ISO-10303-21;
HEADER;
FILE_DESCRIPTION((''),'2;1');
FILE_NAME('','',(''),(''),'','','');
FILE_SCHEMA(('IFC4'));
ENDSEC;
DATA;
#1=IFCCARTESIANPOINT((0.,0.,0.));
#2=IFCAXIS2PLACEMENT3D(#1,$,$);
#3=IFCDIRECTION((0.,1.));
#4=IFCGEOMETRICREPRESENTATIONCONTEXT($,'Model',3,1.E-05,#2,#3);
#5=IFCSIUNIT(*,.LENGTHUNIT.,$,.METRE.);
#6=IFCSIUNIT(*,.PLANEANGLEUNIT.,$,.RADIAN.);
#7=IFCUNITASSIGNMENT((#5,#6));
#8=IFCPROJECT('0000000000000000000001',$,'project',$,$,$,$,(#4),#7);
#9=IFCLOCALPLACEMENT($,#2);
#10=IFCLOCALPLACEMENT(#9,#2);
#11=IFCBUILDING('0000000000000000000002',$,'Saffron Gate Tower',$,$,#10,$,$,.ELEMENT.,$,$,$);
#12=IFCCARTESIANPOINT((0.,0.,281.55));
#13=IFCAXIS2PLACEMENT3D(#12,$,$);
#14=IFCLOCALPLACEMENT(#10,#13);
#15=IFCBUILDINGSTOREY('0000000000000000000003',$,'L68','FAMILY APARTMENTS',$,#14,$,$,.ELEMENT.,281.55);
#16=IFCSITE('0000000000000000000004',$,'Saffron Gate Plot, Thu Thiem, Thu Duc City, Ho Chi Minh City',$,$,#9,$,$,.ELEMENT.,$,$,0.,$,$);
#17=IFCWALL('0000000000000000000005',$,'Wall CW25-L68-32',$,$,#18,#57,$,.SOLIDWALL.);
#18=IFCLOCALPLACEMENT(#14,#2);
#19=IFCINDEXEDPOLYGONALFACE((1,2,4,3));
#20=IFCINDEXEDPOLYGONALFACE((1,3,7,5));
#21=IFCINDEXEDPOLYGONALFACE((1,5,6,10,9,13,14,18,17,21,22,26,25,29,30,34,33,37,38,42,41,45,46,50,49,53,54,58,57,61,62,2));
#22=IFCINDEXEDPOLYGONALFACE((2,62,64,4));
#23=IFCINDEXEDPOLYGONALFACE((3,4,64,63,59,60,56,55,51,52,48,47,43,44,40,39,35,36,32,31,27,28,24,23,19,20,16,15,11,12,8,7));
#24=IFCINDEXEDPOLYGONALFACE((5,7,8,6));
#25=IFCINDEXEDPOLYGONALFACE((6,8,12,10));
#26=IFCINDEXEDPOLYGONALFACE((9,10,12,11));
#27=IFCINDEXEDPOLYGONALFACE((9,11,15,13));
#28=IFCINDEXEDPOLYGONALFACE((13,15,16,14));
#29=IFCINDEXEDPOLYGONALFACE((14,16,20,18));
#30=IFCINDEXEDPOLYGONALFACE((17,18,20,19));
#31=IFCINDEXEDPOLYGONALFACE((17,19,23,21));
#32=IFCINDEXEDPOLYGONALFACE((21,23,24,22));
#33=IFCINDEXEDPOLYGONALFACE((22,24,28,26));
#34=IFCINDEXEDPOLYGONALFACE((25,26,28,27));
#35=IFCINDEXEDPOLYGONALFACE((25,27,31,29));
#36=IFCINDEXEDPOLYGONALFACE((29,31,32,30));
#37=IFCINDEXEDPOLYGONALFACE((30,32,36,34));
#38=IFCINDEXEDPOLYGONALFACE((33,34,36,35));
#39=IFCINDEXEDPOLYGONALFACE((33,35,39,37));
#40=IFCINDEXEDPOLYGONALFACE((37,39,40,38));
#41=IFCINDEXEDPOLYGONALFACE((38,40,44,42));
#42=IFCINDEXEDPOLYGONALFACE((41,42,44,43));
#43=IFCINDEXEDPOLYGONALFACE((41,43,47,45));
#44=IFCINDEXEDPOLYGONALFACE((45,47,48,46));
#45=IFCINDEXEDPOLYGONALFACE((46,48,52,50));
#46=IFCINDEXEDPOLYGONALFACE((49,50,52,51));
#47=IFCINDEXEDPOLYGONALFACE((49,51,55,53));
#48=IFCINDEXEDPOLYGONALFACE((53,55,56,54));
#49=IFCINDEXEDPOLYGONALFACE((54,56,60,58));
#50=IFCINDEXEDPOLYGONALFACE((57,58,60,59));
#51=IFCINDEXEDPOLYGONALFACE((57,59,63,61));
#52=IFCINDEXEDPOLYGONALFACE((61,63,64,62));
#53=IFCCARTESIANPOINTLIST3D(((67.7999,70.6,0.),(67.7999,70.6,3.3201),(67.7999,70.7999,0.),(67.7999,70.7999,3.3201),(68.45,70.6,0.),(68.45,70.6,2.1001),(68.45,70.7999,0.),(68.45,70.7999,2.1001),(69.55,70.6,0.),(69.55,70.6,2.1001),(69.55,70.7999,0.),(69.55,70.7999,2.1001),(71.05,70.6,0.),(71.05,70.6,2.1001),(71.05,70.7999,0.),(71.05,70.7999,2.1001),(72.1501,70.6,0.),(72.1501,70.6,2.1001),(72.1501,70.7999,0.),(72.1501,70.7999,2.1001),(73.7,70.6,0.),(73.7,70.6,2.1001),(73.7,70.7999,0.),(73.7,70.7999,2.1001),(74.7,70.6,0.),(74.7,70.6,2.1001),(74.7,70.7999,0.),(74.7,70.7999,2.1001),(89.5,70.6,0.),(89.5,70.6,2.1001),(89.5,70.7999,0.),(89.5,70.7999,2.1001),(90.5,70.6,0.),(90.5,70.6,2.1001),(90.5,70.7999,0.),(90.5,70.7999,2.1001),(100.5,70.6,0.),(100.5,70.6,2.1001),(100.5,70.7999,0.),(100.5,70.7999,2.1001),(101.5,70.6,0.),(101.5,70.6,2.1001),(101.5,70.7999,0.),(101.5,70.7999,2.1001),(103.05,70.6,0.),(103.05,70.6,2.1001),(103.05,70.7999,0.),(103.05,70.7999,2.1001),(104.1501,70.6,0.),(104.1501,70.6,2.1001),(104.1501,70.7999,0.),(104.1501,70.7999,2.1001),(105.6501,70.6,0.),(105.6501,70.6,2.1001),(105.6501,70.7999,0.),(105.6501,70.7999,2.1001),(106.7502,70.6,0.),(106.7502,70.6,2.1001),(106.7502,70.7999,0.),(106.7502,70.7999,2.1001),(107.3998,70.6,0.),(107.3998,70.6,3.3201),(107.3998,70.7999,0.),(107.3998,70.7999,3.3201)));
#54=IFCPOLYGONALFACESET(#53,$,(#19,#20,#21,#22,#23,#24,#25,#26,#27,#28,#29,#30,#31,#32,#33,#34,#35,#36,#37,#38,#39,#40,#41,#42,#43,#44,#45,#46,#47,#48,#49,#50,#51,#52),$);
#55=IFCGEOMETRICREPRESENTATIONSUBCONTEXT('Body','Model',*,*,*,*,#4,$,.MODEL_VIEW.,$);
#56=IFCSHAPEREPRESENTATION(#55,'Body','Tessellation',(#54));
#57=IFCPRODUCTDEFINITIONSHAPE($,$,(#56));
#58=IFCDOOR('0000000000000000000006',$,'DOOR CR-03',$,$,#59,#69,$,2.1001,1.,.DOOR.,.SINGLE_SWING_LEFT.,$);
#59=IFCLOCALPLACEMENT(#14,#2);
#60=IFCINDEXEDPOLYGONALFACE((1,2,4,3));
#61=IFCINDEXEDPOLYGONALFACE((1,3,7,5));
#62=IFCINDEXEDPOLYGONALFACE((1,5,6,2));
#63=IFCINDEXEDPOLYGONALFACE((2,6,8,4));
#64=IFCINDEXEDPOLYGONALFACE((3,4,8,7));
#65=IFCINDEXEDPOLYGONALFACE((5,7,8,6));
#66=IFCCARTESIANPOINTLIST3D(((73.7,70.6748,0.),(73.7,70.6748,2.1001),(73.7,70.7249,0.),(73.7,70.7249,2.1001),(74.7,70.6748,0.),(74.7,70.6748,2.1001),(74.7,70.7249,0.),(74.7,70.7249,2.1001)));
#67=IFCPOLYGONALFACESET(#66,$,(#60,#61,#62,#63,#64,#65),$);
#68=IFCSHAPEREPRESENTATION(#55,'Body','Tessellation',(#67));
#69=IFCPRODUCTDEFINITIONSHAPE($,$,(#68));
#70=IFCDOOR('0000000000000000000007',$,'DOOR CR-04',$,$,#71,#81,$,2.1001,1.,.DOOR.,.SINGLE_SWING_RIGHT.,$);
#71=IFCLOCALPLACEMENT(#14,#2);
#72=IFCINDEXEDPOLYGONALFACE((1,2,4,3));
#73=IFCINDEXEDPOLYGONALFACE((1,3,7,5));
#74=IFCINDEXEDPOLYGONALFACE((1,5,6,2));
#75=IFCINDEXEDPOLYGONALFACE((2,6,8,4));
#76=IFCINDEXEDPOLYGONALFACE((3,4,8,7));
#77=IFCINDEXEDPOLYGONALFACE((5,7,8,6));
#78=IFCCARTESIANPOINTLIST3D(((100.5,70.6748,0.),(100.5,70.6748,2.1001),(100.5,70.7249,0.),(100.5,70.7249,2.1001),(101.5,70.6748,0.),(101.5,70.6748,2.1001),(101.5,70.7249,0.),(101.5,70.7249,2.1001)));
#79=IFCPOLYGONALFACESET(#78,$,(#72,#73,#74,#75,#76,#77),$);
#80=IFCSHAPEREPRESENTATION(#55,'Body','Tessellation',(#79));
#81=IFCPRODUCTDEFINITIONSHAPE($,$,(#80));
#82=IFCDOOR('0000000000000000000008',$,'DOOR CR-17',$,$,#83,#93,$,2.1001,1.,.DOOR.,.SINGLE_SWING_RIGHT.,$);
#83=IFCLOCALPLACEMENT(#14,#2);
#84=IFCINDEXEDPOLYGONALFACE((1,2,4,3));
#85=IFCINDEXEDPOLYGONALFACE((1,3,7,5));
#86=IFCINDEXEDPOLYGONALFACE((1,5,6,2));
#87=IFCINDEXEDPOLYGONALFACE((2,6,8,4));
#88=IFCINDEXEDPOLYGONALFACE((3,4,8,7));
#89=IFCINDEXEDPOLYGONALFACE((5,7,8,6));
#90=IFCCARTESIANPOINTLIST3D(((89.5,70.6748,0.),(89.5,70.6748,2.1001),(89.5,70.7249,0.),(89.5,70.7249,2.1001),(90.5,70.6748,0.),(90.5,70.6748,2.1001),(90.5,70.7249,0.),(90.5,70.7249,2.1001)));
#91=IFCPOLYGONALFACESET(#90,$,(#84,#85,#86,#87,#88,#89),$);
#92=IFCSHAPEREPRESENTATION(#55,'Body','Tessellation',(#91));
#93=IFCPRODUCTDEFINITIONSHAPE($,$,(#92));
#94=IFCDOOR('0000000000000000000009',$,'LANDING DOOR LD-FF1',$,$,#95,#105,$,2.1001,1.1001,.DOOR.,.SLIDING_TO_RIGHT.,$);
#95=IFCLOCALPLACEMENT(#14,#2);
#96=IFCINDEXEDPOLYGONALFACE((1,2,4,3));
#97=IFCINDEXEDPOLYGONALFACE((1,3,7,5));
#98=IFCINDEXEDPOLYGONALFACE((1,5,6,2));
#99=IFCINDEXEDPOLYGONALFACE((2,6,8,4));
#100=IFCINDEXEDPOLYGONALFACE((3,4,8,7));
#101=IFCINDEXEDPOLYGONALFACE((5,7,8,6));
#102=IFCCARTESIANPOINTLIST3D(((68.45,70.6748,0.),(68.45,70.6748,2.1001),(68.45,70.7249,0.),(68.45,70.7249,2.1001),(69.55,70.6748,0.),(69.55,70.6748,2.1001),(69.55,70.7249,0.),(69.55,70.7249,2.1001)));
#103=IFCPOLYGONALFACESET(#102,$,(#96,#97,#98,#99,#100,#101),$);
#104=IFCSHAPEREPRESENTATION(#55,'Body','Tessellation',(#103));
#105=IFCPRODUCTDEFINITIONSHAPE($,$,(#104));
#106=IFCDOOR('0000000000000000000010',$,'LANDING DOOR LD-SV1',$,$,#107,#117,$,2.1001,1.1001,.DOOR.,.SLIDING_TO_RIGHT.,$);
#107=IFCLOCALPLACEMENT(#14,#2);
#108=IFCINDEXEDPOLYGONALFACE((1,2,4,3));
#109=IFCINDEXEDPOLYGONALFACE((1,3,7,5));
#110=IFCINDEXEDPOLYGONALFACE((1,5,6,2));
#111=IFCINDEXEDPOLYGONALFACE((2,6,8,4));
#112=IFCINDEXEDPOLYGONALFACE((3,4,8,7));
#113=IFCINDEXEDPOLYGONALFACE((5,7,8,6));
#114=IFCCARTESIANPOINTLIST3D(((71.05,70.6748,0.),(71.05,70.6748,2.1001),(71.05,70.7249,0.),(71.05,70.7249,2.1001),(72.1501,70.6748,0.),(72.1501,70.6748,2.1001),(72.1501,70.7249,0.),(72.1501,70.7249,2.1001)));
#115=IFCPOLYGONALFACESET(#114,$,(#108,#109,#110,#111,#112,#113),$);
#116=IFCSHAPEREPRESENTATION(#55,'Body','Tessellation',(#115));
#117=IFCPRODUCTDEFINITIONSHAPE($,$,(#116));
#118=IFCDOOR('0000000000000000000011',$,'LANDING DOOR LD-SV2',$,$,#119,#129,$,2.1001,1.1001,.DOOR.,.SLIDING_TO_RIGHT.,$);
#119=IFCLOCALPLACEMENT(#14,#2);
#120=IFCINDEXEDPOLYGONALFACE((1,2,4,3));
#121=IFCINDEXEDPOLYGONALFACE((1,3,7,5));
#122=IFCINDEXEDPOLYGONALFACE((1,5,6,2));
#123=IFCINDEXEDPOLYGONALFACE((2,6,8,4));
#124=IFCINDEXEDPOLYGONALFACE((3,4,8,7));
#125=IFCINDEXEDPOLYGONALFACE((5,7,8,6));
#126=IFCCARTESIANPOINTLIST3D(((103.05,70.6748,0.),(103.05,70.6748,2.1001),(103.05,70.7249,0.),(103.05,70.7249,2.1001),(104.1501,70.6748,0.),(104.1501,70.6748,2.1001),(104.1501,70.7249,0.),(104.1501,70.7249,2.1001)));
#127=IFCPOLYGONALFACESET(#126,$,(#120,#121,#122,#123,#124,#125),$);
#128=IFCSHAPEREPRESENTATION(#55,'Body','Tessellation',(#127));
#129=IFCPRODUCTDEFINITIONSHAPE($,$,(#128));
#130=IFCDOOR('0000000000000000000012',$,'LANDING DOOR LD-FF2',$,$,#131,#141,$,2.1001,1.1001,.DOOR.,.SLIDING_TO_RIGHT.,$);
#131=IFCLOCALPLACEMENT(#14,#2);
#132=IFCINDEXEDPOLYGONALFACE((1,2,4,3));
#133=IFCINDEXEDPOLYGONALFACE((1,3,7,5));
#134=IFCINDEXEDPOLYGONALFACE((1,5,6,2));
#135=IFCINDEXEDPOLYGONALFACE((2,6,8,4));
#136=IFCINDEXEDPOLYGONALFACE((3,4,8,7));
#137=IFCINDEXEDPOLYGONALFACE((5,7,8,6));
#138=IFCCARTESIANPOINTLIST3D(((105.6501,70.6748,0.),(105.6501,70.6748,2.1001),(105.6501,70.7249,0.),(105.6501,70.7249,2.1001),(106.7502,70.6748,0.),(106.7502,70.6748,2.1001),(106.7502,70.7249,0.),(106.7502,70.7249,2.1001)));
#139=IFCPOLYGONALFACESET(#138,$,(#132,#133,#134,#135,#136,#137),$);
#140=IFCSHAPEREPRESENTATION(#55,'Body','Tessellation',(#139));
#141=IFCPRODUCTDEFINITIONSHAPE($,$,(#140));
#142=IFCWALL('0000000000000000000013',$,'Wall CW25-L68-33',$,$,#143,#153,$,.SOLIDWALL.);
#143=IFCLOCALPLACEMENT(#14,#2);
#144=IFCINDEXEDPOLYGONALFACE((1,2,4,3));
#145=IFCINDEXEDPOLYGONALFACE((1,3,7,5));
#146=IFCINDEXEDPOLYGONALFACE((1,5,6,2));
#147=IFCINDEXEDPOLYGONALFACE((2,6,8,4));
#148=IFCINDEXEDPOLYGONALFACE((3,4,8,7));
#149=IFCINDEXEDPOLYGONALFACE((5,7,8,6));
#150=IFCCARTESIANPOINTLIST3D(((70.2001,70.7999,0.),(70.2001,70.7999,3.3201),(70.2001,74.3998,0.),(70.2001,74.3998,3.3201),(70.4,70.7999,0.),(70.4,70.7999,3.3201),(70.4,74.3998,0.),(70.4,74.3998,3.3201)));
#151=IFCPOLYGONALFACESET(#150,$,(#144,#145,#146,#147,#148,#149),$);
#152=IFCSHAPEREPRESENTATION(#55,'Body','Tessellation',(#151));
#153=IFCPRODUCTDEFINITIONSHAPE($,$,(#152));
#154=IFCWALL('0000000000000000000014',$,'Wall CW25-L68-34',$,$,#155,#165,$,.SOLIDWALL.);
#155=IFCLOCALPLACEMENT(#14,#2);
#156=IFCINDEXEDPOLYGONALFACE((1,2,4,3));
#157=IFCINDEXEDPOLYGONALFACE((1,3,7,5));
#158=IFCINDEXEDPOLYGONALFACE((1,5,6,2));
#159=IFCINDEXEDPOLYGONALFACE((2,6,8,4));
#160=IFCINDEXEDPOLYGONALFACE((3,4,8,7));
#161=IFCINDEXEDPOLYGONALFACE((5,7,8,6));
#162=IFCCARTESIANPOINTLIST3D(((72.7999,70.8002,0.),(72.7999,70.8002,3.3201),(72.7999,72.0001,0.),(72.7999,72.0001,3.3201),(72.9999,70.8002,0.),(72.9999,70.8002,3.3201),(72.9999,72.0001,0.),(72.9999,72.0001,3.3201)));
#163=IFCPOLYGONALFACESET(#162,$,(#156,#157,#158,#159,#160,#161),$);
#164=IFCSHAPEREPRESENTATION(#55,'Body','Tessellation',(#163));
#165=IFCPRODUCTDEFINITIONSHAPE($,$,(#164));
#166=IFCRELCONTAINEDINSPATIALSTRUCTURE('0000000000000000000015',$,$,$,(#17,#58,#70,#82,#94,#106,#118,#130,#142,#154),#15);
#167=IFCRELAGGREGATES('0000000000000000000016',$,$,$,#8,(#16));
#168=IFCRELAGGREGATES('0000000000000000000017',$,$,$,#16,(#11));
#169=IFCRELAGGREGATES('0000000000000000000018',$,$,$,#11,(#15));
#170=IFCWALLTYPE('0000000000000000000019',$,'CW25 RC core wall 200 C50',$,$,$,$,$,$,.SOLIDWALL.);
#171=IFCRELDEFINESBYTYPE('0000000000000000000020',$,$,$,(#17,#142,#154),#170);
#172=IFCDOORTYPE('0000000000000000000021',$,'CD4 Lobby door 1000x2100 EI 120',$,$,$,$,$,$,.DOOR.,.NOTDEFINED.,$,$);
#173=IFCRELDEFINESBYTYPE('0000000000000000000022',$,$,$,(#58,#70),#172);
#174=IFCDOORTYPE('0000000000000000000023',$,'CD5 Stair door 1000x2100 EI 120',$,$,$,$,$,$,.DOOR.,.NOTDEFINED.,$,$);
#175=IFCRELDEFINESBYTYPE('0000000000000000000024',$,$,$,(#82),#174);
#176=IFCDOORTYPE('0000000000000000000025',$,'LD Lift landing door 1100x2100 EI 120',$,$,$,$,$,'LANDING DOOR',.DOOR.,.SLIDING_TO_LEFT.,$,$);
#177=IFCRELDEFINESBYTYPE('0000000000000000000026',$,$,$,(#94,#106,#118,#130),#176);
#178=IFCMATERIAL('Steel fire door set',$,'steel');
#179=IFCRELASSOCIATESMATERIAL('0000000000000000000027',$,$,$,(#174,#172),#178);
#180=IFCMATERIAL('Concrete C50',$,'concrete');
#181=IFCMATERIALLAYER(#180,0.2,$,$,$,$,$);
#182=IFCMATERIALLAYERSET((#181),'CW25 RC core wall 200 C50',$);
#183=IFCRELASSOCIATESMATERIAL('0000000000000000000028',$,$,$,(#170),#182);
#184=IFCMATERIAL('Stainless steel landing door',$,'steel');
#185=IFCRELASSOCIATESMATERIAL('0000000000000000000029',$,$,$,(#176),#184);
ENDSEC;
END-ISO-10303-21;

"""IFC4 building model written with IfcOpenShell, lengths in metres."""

from ifc_helpers import new_model, si_unit, direction, frame, frame_2d, origin, place, context, subcontext, project, spatial, rectangle, extrude, material, layer, layer_set, type_object, element, fill, save


model = new_model("IFC4")

# Units and contexts
model_context = context("Model", 3, precision=1e-05, world=origin(), true_north=direction((0.0, 1.0)))
body_context = subcontext(model_context, "Body", "Model", "MODEL_VIEW")
ifc_project = project(units=[si_unit("LENGTHUNIT", "METRE"), si_unit("PLANEANGLEUNIT", "RADIAN")], contexts=[model_context])

# Site, building, storey
site_placement = place(None, origin())
site = spatial("IfcSite", under=ifc_project, at=site_placement, Name="Saffron Gate Plot, Thu Thiem, Thu Duc City, Ho Chi Minh City", CompositionType="ELEMENT", RefElevation=0.0)
building_placement = place(site_placement, origin())
building = spatial("IfcBuilding", under=site, at=building_placement, Name="Saffron Gate Tower", CompositionType="ELEMENT")
storey_placement = place(building_placement, frame((0.0, 0.0, 281.55)))
storey = spatial("IfcBuildingStorey", under=building, at=storey_placement, Name="L68", Description="FAMILY APARTMENTS", CompositionType="ELEMENT", Elevation=281.55)

# Shared definitions
ifc_material_1 = material(Name="Concrete C50", Category="concrete")

# Wall, openings, doors
ifc_material_2 = material(Name="Steel fire door set", Category="steel")
door_type_1 = type_object("IfcDoorType", Name="CD5 Stair door 1000x2100 EI 120", OperationType="NOTDEFINED", PredefinedType="DOOR", material=ifc_material_2)
ifc_layer_1 = layer(ifc_material_1, 0.2)
ifc_layer_set_1 = layer_set([ifc_layer_1], Name="CW25 RC core wall 200 C50")
wall_type_1 = type_object("IfcWallType", Name="CW25 RC core wall 200 C50", PredefinedType="SOLIDWALL", material=ifc_layer_set_1)
wall_1_placement = place(storey_placement, frame((67.8, 70.7, 0.0), z_axis=(0.0, 0.0, 1.0), x_axis=(1.0, 0.0, 0.0)))
wall_1 = element("IfcWall", 1, at=wall_1_placement, inside=storey, type_object=wall_type_1, Name="Wall CW25-L68-32", PredefinedType="SOLIDWALL", context=body_context, shape_type="SweptSolid", body=[
    extrude(rectangle(XDim=39.5999, YDim=0.2, at=frame_2d((19.7998, 0.0))), origin(), (0.0, 0.0, 1.0), 3.3201),
])
opening_1_placement = place(wall_1_placement, frame((0.6499, 0.0, 0.0)))
opening_1 = element("IfcOpeningElement", 2, at=opening_1_placement, cuts=wall_1, PredefinedType="OPENING", context=body_context, shape_type="SweptSolid", body=[
    extrude(rectangle(XDim=1.1001, YDim=2.1001, at=frame_2d((0.55, 1.05))), frame((0.0, 0.1099, 0.0), z_axis=(0.0, -1.0, 0.0), x_axis=(1.0, 0.0, 0.0)), (0.0, 0.0, 1.0), 0.22),
])
opening_2_placement = place(wall_1_placement, frame((3.25, 0.0, 0.0)))
opening_2 = element("IfcOpeningElement", 3, at=opening_2_placement, cuts=wall_1, PredefinedType="OPENING", context=body_context, shape_type="SweptSolid", body=[
    extrude(rectangle(XDim=1.1001, YDim=2.1001, at=frame_2d((0.55, 1.05))), frame((0.0, 0.1099, 0.0), z_axis=(0.0, -1.0, 0.0), x_axis=(1.0, 0.0, 0.0)), (0.0, 0.0, 1.0), 0.22),
])
opening_3_placement = place(wall_1_placement, frame((5.8999, 0.0, 0.0)))
opening_3 = element("IfcOpeningElement", 4, at=opening_3_placement, cuts=wall_1, PredefinedType="OPENING", context=body_context, shape_type="SweptSolid", body=[
    extrude(rectangle(XDim=1.0, YDim=2.1001, at=frame_2d((0.5, 1.05))), frame((0.0, 0.1099, 0.0), z_axis=(0.0, -1.0, 0.0), x_axis=(1.0, 0.0, 0.0)), (0.0, 0.0, 1.0), 0.22),
])
opening_4_placement = place(wall_1_placement, frame((21.7, 0.0, 0.0)))
opening_4 = element("IfcOpeningElement", 5, at=opening_4_placement, cuts=wall_1, PredefinedType="OPENING", context=body_context, shape_type="SweptSolid", body=[
    extrude(rectangle(XDim=1.0, YDim=2.1001, at=frame_2d((0.5, 1.05))), frame((0.0, 0.1099, 0.0), z_axis=(0.0, -1.0, 0.0), x_axis=(1.0, 0.0, 0.0)), (0.0, 0.0, 1.0), 0.22),
])
opening_5_placement = place(wall_1_placement, frame((32.7, 0.0, 0.0)))
opening_5 = element("IfcOpeningElement", 6, at=opening_5_placement, cuts=wall_1, PredefinedType="OPENING", context=body_context, shape_type="SweptSolid", body=[
    extrude(rectangle(XDim=1.0, YDim=2.1001, at=frame_2d((0.5, 1.05))), frame((0.0, 0.1099, 0.0), z_axis=(0.0, -1.0, 0.0), x_axis=(1.0, 0.0, 0.0)), (0.0, 0.0, 1.0), 0.22),
])
opening_6_placement = place(wall_1_placement, frame((35.25, 0.0, 0.0)))
opening_6 = element("IfcOpeningElement", 7, at=opening_6_placement, cuts=wall_1, PredefinedType="OPENING", context=body_context, shape_type="SweptSolid", body=[
    extrude(rectangle(XDim=1.1001, YDim=2.1001, at=frame_2d((0.55, 1.05))), frame((0.0, 0.1099, 0.0), z_axis=(0.0, -1.0, 0.0), x_axis=(1.0, 0.0, 0.0)), (0.0, 0.0, 1.0), 0.22),
])
opening_7_placement = place(wall_1_placement, frame((37.8501, 0.0, 0.0)))
opening_7 = element("IfcOpeningElement", 8, at=opening_7_placement, cuts=wall_1, PredefinedType="OPENING", context=body_context, shape_type="SweptSolid", body=[
    extrude(rectangle(XDim=1.1001, YDim=2.1001, at=frame_2d((0.55, 1.05))), frame((0.0, 0.1099, 0.0), z_axis=(0.0, -1.0, 0.0), x_axis=(1.0, 0.0, 0.0)), (0.0, 0.0, 1.0), 0.22),
])
door_type_2 = type_object("IfcDoorType", Name="CD4 Lobby door 1000x2100 EI 120", OperationType="NOTDEFINED", PredefinedType="DOOR", material=ifc_material_2)
door_1_placement = place(opening_3_placement, origin())
door_1 = element("IfcDoor", 9, at=door_1_placement, inside=storey, type_object=door_type_2, Name="DOOR CR-03", OperationType="SINGLE_SWING_LEFT", OverallHeight=2.1001, OverallWidth=1.0, PredefinedType="DOOR", context=body_context, shape_type="SweptSolid", body=[
    extrude(rectangle(XDim=1.0, YDim=2.1001, at=frame_2d((0.5, 1.05))), frame((0.0, 0.0249, 0.0), z_axis=(0.0, -1.0, 0.0), x_axis=(1.0, 0.0, 0.0)), (0.0, 0.0, 1.0), 0.05),
])
fill(opening_3, door_1)
door_2_placement = place(opening_5_placement, origin())
door_2 = element("IfcDoor", 10, at=door_2_placement, inside=storey, type_object=door_type_2, Name="DOOR CR-04", OperationType="SINGLE_SWING_RIGHT", OverallHeight=2.1001, OverallWidth=1.0, PredefinedType="DOOR", context=body_context, shape_type="SweptSolid", body=[
    extrude(rectangle(XDim=1.0, YDim=2.1001, at=frame_2d((0.5, 1.05))), frame((0.0, 0.0249, 0.0), z_axis=(0.0, -1.0, 0.0), x_axis=(1.0, 0.0, 0.0)), (0.0, 0.0, 1.0), 0.05),
])
fill(opening_5, door_2)
door_3_placement = place(opening_4_placement, origin())
door_3 = element("IfcDoor", 11, at=door_3_placement, inside=storey, type_object=door_type_1, Name="DOOR CR-17", OperationType="SINGLE_SWING_RIGHT", OverallHeight=2.1001, OverallWidth=1.0, PredefinedType="DOOR", context=body_context, shape_type="SweptSolid", body=[
    extrude(rectangle(XDim=1.0, YDim=2.1001, at=frame_2d((0.5, 1.05))), frame((0.0, 0.0249, 0.0), z_axis=(0.0, -1.0, 0.0), x_axis=(1.0, 0.0, 0.0)), (0.0, 0.0, 1.0), 0.05),
])
fill(opening_4, door_3)
ifc_material_3 = material(Name="Stainless steel landing door", Category="steel")
door_type_3 = type_object("IfcDoorType", Name="LD Lift landing door 1100x2100 EI 120", ElementType="LANDING DOOR", OperationType="SLIDING_TO_LEFT", PredefinedType="DOOR", material=ifc_material_3)
door_4_placement = place(opening_1_placement, origin())
door_4 = element("IfcDoor", 12, at=door_4_placement, inside=storey, type_object=door_type_3, Name="LANDING DOOR LD-FF1", OperationType="SLIDING_TO_RIGHT", OverallHeight=2.1001, OverallWidth=1.1001, PredefinedType="DOOR", context=body_context, shape_type="SweptSolid", body=[
    extrude(rectangle(XDim=1.1001, YDim=2.1001, at=frame_2d((0.55, 1.05))), frame((0.0, 0.0249, 0.0), z_axis=(0.0, -1.0, 0.0), x_axis=(1.0, 0.0, 0.0)), (0.0, 0.0, 1.0), 0.05),
])
fill(opening_1, door_4)
door_5_placement = place(opening_2_placement, origin())
door_5 = element("IfcDoor", 13, at=door_5_placement, inside=storey, type_object=door_type_3, Name="LANDING DOOR LD-SV1", OperationType="SLIDING_TO_RIGHT", OverallHeight=2.1001, OverallWidth=1.1001, PredefinedType="DOOR", context=body_context, shape_type="SweptSolid", body=[
    extrude(rectangle(XDim=1.1001, YDim=2.1001, at=frame_2d((0.55, 1.05))), frame((0.0, 0.0249, 0.0), z_axis=(0.0, -1.0, 0.0), x_axis=(1.0, 0.0, 0.0)), (0.0, 0.0, 1.0), 0.05),
])
fill(opening_2, door_5)
door_6_placement = place(opening_6_placement, origin())
door_6 = element("IfcDoor", 14, at=door_6_placement, inside=storey, type_object=door_type_3, Name="LANDING DOOR LD-SV2", OperationType="SLIDING_TO_RIGHT", OverallHeight=2.1001, OverallWidth=1.1001, PredefinedType="DOOR", context=body_context, shape_type="SweptSolid", body=[
    extrude(rectangle(XDim=1.1001, YDim=2.1001, at=frame_2d((0.55, 1.05))), frame((0.0, 0.0249, 0.0), z_axis=(0.0, -1.0, 0.0), x_axis=(1.0, 0.0, 0.0)), (0.0, 0.0, 1.0), 0.05),
])
fill(opening_6, door_6)
door_7_placement = place(opening_7_placement, origin())
door_7 = element("IfcDoor", 15, at=door_7_placement, inside=storey, type_object=door_type_3, Name="LANDING DOOR LD-FF2", OperationType="SLIDING_TO_RIGHT", OverallHeight=2.1001, OverallWidth=1.1001, PredefinedType="DOOR", context=body_context, shape_type="SweptSolid", body=[
    extrude(rectangle(XDim=1.1001, YDim=2.1001, at=frame_2d((0.55, 1.05))), frame((0.0, 0.0249, 0.0), z_axis=(0.0, -1.0, 0.0), x_axis=(1.0, 0.0, 0.0)), (0.0, 0.0, 1.0), 0.05),
])
fill(opening_7, door_7)

# Walls
wall_2_placement = place(storey_placement, frame((70.3, 70.8, 0.0), z_axis=(0.0, 0.0, 1.0), x_axis=(0.0, 1.0, 0.0)))
element("IfcWall", 16, at=wall_2_placement, inside=storey, type_object=wall_type_1, Name="Wall CW25-L68-33", PredefinedType="SOLIDWALL", context=body_context, shape_type="SweptSolid", body=[
    extrude(rectangle(XDim=3.5999, YDim=0.2, at=frame_2d((1.7998, 0.0))), origin(), (0.0, 0.0, 1.0), 3.3201),
])
wall_3_placement = place(storey_placement, frame((72.8999, 70.8, 0.0), z_axis=(0.0, 0.0, 1.0), x_axis=(0.0, 1.0, 0.0)))
element("IfcWall", 17, at=wall_3_placement, inside=storey, type_object=wall_type_1, Name="Wall CW25-L68-34", PredefinedType="SOLIDWALL", context=body_context, shape_type="SweptSolid", body=[
    extrude(rectangle(XDim=1.2, YDim=0.2, at=frame_2d((0.6001, 0.0))), origin(), (0.0, 0.0, 1.0), 3.3201),
])

save(model, "model.ifc")
